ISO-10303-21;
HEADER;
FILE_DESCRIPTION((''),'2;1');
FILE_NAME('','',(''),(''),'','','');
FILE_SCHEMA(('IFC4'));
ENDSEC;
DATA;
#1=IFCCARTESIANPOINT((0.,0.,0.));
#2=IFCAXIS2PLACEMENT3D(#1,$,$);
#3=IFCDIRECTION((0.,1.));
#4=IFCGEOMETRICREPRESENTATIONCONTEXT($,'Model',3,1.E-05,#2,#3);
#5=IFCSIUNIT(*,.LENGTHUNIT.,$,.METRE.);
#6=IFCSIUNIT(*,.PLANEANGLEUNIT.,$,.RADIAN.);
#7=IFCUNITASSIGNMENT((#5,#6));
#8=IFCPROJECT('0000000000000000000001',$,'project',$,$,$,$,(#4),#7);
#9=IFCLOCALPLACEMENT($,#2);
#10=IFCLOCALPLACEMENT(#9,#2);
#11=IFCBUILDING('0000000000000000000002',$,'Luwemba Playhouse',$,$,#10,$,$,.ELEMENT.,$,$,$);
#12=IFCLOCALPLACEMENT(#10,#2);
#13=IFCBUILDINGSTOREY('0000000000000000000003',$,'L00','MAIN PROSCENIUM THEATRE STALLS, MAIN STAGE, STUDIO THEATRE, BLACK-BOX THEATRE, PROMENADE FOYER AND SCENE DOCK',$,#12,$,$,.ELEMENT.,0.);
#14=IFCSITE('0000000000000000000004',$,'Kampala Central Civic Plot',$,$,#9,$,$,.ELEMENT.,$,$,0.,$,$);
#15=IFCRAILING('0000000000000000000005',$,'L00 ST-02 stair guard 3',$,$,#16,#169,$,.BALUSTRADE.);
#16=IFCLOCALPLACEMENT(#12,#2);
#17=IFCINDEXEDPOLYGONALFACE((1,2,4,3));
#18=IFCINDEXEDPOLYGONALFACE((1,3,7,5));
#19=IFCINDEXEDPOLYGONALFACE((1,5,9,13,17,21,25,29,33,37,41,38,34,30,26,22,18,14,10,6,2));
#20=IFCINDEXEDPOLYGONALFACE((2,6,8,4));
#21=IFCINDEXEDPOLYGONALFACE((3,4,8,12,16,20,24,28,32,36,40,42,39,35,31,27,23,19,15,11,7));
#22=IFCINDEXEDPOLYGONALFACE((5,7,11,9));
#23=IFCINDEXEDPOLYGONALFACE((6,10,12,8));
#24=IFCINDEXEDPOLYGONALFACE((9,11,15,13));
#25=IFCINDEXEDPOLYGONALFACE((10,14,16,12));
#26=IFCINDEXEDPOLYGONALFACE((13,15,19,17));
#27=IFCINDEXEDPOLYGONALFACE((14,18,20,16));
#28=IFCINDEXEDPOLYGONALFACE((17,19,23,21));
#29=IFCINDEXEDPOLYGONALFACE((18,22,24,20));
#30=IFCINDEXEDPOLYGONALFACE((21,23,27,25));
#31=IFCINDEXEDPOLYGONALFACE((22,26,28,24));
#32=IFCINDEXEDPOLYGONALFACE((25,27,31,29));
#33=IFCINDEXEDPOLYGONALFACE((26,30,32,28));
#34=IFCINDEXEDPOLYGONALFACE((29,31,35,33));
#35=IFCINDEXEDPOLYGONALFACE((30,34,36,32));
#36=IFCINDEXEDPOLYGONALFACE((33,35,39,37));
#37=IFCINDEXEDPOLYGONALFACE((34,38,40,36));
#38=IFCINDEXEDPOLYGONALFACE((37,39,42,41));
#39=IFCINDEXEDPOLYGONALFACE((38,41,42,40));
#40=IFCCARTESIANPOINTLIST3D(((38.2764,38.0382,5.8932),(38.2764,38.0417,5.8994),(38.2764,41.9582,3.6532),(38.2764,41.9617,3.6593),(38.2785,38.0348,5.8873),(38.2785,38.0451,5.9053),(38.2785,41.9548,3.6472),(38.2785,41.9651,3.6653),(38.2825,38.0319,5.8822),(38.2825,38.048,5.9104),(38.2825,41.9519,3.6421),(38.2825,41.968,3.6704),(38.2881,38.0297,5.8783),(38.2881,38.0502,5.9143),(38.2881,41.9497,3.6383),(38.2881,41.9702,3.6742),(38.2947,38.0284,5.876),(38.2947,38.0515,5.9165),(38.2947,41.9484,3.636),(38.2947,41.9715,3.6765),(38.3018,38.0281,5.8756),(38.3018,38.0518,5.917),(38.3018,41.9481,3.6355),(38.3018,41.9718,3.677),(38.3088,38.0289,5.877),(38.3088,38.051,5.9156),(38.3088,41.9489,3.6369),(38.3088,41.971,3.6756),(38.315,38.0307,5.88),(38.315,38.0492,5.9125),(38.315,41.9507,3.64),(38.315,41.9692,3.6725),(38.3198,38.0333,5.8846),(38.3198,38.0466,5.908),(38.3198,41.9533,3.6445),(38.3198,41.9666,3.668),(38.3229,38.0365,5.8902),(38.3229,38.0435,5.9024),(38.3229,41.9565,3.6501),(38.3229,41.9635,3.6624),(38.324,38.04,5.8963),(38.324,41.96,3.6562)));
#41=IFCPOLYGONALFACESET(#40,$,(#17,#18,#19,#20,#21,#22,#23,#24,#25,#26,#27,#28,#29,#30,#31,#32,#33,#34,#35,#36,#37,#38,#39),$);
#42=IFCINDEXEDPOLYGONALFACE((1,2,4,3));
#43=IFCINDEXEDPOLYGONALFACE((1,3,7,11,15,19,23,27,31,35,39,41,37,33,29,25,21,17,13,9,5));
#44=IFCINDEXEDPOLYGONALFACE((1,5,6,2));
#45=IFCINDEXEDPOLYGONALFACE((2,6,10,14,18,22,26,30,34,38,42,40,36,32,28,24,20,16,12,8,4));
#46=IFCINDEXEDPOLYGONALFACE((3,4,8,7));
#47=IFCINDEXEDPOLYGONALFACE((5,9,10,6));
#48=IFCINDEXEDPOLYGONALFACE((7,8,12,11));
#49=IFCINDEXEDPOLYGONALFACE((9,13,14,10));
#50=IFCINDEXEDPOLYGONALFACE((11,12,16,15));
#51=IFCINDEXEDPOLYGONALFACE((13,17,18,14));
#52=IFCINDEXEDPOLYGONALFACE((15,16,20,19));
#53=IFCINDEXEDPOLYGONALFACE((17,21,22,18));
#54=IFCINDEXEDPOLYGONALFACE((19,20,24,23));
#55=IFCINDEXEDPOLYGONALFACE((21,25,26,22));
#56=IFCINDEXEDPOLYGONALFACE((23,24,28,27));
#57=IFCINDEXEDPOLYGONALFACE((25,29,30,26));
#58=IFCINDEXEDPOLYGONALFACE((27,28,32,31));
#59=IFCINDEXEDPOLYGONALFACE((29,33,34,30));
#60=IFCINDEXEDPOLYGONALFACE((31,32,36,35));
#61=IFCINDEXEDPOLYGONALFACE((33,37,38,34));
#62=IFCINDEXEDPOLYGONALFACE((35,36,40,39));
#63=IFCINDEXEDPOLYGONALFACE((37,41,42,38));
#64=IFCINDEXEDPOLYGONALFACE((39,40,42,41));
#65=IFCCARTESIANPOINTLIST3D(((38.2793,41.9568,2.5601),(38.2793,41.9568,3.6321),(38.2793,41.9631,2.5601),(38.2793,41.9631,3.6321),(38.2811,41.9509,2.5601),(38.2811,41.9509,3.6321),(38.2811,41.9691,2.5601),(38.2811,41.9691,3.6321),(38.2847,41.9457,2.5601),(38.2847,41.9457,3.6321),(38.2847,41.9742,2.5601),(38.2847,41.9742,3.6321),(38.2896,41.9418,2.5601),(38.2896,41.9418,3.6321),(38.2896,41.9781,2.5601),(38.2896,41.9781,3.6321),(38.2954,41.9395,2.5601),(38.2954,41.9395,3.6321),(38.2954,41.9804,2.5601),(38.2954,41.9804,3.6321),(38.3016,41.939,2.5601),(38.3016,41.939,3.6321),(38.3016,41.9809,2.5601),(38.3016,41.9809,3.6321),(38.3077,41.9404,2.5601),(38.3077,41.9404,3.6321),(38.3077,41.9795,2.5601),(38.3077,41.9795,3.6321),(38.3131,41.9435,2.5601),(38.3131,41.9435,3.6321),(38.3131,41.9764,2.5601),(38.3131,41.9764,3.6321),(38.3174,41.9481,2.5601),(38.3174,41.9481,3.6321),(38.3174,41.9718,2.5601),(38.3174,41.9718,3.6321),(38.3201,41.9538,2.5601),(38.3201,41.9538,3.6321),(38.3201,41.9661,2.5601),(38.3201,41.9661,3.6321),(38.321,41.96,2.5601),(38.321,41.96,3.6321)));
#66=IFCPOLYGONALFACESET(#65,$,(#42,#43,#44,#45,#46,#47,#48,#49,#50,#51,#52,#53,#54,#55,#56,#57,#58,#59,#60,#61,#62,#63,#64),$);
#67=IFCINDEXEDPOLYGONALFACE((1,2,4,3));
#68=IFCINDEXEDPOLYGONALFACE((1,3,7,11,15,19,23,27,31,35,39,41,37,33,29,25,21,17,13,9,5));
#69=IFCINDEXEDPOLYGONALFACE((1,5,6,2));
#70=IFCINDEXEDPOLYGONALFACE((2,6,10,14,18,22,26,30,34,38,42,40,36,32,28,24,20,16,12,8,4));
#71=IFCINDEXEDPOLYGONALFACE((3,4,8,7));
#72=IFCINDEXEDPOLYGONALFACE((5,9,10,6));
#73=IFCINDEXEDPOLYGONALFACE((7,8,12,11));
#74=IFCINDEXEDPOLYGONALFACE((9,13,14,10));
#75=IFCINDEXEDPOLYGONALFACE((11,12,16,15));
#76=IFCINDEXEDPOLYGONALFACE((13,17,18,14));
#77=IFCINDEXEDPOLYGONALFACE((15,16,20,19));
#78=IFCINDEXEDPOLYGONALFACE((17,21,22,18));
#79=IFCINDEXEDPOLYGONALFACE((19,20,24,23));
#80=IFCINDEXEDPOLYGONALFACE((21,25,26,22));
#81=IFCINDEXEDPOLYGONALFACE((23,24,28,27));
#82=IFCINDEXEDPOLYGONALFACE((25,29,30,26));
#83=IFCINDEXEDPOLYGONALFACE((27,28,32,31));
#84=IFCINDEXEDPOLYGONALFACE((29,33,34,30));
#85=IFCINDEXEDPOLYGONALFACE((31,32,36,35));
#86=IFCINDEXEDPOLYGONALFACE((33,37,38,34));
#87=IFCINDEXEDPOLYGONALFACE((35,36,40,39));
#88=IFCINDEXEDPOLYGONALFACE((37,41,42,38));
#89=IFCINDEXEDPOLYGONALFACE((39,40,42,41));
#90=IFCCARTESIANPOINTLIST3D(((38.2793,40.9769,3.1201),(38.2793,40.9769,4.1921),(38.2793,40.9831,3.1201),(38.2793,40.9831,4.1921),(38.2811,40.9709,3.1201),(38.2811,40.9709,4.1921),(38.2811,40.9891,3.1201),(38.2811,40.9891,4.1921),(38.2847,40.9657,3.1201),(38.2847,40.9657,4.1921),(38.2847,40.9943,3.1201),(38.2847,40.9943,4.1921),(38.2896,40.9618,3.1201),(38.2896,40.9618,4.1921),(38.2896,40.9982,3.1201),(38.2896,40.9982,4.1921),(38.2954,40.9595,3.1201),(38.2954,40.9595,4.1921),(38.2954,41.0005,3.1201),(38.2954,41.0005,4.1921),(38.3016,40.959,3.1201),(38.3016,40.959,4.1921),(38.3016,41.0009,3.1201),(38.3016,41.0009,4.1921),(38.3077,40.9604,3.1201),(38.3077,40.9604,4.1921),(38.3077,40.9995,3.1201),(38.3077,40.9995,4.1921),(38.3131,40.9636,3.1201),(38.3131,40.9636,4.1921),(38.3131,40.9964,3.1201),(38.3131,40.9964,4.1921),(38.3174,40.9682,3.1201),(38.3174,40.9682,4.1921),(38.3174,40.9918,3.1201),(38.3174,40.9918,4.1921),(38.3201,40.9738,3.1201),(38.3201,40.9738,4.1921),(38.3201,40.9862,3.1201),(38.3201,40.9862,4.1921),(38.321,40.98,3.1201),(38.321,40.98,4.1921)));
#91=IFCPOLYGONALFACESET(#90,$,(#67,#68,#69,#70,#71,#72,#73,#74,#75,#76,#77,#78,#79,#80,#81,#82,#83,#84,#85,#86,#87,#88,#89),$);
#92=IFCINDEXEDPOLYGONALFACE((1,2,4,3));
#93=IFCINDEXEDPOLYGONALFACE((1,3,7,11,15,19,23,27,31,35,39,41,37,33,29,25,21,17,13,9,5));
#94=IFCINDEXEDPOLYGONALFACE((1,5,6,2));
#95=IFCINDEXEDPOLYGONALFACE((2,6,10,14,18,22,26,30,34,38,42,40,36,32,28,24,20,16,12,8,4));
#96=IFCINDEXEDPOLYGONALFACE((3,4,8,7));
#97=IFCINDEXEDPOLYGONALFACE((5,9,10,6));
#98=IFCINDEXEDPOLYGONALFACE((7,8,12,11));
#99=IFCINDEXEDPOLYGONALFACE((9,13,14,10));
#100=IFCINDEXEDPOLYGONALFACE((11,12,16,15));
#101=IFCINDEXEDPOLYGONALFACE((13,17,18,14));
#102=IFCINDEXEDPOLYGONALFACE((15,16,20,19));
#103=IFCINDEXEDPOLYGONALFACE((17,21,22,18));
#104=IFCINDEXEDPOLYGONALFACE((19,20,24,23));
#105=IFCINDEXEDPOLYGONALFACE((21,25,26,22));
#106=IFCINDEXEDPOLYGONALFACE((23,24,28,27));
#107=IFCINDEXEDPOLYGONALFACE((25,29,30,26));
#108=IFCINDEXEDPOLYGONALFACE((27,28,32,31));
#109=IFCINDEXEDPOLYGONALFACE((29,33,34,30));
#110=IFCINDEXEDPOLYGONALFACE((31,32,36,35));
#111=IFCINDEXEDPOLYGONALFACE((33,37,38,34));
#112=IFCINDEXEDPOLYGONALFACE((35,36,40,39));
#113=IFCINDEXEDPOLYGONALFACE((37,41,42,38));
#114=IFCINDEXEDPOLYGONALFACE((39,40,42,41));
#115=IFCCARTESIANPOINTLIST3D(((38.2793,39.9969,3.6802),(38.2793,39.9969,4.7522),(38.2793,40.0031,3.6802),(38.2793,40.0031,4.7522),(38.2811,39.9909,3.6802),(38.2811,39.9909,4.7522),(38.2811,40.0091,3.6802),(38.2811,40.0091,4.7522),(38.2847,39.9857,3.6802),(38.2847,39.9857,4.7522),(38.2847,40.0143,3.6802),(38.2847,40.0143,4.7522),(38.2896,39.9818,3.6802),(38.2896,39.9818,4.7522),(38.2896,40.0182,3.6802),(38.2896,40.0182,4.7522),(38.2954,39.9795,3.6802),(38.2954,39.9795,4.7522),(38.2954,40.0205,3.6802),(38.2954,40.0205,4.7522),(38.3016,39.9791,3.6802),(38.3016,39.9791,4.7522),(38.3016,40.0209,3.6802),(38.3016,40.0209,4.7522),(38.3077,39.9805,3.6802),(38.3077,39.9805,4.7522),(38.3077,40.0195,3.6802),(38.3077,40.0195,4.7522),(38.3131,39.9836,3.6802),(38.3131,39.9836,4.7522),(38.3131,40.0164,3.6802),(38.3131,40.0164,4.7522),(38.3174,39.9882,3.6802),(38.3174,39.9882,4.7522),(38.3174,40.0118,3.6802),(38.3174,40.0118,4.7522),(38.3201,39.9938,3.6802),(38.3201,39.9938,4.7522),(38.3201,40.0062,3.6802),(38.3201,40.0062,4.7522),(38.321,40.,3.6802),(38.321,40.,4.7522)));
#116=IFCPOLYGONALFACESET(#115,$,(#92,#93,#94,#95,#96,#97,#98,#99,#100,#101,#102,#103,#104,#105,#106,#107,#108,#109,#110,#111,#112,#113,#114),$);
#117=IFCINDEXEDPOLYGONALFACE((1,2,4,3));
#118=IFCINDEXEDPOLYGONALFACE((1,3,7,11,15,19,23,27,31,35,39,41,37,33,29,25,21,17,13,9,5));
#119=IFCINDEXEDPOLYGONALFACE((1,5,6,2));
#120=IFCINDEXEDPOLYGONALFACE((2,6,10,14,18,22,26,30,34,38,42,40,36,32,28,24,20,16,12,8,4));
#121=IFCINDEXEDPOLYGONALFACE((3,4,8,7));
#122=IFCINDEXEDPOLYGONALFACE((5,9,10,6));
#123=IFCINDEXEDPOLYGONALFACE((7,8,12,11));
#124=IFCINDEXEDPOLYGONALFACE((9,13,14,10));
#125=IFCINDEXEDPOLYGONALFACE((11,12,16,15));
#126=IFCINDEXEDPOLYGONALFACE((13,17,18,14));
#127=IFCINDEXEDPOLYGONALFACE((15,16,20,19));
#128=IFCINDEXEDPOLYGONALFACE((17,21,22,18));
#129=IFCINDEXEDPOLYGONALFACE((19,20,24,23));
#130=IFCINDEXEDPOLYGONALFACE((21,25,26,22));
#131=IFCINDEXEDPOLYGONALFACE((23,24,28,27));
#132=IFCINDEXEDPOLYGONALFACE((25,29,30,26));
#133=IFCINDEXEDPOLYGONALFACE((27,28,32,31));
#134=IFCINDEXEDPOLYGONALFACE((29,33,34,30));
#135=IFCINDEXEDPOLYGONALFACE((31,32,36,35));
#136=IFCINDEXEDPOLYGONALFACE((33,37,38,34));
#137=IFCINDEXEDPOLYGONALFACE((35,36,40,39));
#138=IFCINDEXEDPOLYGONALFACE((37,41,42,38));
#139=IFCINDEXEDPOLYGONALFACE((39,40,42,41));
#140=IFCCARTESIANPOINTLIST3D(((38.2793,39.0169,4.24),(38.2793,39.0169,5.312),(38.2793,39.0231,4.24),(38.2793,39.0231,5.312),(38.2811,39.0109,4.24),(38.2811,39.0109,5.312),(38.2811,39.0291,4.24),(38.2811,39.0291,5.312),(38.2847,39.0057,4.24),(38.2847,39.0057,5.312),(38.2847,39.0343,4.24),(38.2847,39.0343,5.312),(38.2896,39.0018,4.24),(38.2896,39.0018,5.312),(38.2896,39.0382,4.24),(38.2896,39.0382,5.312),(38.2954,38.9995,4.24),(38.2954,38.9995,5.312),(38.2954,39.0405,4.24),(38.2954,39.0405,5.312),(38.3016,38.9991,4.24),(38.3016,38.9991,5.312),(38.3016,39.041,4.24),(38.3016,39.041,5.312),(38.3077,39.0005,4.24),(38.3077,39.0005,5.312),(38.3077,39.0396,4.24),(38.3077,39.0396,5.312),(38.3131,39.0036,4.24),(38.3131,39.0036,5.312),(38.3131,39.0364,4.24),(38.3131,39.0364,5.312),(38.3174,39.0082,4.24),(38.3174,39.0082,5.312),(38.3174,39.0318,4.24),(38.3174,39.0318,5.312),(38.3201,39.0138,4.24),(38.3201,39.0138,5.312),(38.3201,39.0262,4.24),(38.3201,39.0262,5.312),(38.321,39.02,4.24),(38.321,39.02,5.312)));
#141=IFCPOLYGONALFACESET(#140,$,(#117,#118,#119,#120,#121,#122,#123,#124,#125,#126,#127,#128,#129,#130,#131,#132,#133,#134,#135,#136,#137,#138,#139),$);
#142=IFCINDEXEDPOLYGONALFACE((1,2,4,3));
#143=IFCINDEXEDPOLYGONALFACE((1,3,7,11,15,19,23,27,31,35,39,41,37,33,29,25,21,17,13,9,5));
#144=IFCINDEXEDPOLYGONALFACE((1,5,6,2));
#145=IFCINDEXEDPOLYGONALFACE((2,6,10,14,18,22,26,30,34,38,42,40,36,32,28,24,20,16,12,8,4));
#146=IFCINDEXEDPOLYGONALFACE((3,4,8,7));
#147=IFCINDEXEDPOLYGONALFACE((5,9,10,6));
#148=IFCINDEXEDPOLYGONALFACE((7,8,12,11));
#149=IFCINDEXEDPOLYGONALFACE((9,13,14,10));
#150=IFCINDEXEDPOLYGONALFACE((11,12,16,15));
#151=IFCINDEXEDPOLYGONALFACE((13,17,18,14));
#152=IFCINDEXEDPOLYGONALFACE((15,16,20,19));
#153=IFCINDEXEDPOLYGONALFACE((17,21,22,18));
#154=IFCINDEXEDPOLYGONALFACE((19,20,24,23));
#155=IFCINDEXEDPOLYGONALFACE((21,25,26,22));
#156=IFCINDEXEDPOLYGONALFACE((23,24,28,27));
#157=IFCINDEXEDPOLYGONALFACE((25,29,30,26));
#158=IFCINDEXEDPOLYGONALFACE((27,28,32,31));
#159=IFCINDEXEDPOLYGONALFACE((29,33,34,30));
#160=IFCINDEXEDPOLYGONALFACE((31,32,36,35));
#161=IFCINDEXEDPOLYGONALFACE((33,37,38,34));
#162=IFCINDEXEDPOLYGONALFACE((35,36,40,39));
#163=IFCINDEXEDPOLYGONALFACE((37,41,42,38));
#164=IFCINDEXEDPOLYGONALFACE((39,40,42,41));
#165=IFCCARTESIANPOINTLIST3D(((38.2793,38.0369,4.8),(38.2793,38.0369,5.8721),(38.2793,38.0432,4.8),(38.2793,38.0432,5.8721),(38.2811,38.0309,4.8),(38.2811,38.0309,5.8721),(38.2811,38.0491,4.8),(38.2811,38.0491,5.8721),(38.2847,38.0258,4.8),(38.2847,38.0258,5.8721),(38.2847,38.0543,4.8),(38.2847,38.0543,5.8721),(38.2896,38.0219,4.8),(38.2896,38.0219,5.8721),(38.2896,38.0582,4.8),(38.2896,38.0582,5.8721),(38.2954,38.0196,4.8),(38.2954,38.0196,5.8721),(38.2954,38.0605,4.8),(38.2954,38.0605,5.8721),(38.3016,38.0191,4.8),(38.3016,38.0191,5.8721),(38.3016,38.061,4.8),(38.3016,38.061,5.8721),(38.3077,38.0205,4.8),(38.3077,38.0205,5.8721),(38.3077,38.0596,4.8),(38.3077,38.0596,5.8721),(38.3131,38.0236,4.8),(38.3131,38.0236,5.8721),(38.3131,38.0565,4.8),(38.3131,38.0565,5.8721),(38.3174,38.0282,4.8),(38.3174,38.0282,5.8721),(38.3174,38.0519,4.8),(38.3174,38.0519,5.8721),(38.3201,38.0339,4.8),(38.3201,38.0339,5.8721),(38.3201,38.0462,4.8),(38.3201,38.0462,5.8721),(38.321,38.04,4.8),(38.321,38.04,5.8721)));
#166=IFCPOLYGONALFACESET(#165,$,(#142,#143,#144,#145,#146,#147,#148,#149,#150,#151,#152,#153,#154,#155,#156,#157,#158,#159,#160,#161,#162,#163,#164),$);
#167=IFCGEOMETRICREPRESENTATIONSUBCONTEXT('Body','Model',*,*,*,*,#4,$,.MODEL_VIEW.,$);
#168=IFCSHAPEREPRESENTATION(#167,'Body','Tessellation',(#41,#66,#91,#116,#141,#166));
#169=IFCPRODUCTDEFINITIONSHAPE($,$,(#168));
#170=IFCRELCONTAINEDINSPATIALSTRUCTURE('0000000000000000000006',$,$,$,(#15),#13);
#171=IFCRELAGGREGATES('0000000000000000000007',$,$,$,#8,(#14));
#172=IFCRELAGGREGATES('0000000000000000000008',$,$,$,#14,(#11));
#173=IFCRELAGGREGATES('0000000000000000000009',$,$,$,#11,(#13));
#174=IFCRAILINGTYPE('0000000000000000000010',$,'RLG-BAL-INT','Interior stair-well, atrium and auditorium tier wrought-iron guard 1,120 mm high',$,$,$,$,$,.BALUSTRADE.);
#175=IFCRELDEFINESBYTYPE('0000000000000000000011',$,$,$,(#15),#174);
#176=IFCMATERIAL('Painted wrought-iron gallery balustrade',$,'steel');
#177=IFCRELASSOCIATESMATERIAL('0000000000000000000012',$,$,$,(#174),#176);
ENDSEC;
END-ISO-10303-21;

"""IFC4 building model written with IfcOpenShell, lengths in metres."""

from ifc_helpers import new_model, si_unit, direction, frame, origin, origin_2d, place, context, subcontext, project, spatial, circle, extrude, material, type_object, element, save


model = new_model("IFC4")

# Units and contexts
model_context = context("Model", 3, precision=1e-05, world=origin(), true_north=direction((0.0, 1.0)))
body_context = subcontext(model_context, "Body", "Model", "MODEL_VIEW")
ifc_project = project(units=[si_unit("LENGTHUNIT", "METRE"), si_unit("PLANEANGLEUNIT", "RADIAN")], contexts=[model_context])

# Site, building, storey
site_placement = place(None, origin())
site = spatial("IfcSite", under=ifc_project, at=site_placement, Name="Kampala Central Civic Plot", CompositionType="ELEMENT", RefElevation=0.0)
building_placement = place(site_placement, origin())
building = spatial("IfcBuilding", under=site, at=building_placement, Name="Luwemba Playhouse", CompositionType="ELEMENT")
storey_placement = place(building_placement, origin())
storey = spatial("IfcBuildingStorey", under=building, at=storey_placement, Name="L00", Description="MAIN PROSCENIUM THEATRE STALLS, MAIN STAGE, STUDIO THEATRE, BLACK-BOX THEATRE, PROMENADE FOYER AND SCENE DOCK", CompositionType="ELEMENT", Elevation=0.0)

# Railing
ifc_material_1 = material(Name="Painted wrought-iron gallery balustrade", Category="steel")
railing_type_1 = type_object("IfcRailingType", Name="RLG-BAL-INT", Description="Interior stair-well, atrium and auditorium tier wrought-iron guard 1,120 mm high", PredefinedType="BALUSTRADE", material=ifc_material_1)
railing_1_placement = place(storey_placement, frame((38.3, 41.96, 2.5601)))
element("IfcRailing", 1, at=railing_1_placement, inside=storey, type_object=railing_type_1, Name="L00 ST-02 stair guard 3", PredefinedType="BALUSTRADE", context=body_context, shape_type="SweptSolid", body=[
    extrude(circle(Radius=0.0239, at=origin_2d()), frame((0.0, 0.0, 1.0962), z_axis=(0.0, -0.86824, 0.496145), x_axis=(1.0, 0.0, 0.0)), (0.0, 0.0, 1.0), 4.5149),
    extrude(circle(Radius=0.021, at=origin_2d()), origin(), (0.0, 0.0, 1.0), 1.072),
    extrude(circle(Radius=0.021, at=origin_2d()), frame((0.0, -0.98, 0.5601)), (0.0, 0.0, 1.0), 1.072),
    extrude(circle(Radius=0.021, at=origin_2d()), frame((0.0, -1.96, 1.1201)), (0.0, 0.0, 1.0), 1.072),
    extrude(circle(Radius=0.021, at=origin_2d()), frame((0.0, -2.9399, 1.6799)), (0.0, 0.0, 1.0), 1.072),
    extrude(circle(Radius=0.021, at=origin_2d()), frame((0.0, -3.9199, 2.24)), (0.0, 0.0, 1.0), 1.072),
])

save(model, "model.ifc")
